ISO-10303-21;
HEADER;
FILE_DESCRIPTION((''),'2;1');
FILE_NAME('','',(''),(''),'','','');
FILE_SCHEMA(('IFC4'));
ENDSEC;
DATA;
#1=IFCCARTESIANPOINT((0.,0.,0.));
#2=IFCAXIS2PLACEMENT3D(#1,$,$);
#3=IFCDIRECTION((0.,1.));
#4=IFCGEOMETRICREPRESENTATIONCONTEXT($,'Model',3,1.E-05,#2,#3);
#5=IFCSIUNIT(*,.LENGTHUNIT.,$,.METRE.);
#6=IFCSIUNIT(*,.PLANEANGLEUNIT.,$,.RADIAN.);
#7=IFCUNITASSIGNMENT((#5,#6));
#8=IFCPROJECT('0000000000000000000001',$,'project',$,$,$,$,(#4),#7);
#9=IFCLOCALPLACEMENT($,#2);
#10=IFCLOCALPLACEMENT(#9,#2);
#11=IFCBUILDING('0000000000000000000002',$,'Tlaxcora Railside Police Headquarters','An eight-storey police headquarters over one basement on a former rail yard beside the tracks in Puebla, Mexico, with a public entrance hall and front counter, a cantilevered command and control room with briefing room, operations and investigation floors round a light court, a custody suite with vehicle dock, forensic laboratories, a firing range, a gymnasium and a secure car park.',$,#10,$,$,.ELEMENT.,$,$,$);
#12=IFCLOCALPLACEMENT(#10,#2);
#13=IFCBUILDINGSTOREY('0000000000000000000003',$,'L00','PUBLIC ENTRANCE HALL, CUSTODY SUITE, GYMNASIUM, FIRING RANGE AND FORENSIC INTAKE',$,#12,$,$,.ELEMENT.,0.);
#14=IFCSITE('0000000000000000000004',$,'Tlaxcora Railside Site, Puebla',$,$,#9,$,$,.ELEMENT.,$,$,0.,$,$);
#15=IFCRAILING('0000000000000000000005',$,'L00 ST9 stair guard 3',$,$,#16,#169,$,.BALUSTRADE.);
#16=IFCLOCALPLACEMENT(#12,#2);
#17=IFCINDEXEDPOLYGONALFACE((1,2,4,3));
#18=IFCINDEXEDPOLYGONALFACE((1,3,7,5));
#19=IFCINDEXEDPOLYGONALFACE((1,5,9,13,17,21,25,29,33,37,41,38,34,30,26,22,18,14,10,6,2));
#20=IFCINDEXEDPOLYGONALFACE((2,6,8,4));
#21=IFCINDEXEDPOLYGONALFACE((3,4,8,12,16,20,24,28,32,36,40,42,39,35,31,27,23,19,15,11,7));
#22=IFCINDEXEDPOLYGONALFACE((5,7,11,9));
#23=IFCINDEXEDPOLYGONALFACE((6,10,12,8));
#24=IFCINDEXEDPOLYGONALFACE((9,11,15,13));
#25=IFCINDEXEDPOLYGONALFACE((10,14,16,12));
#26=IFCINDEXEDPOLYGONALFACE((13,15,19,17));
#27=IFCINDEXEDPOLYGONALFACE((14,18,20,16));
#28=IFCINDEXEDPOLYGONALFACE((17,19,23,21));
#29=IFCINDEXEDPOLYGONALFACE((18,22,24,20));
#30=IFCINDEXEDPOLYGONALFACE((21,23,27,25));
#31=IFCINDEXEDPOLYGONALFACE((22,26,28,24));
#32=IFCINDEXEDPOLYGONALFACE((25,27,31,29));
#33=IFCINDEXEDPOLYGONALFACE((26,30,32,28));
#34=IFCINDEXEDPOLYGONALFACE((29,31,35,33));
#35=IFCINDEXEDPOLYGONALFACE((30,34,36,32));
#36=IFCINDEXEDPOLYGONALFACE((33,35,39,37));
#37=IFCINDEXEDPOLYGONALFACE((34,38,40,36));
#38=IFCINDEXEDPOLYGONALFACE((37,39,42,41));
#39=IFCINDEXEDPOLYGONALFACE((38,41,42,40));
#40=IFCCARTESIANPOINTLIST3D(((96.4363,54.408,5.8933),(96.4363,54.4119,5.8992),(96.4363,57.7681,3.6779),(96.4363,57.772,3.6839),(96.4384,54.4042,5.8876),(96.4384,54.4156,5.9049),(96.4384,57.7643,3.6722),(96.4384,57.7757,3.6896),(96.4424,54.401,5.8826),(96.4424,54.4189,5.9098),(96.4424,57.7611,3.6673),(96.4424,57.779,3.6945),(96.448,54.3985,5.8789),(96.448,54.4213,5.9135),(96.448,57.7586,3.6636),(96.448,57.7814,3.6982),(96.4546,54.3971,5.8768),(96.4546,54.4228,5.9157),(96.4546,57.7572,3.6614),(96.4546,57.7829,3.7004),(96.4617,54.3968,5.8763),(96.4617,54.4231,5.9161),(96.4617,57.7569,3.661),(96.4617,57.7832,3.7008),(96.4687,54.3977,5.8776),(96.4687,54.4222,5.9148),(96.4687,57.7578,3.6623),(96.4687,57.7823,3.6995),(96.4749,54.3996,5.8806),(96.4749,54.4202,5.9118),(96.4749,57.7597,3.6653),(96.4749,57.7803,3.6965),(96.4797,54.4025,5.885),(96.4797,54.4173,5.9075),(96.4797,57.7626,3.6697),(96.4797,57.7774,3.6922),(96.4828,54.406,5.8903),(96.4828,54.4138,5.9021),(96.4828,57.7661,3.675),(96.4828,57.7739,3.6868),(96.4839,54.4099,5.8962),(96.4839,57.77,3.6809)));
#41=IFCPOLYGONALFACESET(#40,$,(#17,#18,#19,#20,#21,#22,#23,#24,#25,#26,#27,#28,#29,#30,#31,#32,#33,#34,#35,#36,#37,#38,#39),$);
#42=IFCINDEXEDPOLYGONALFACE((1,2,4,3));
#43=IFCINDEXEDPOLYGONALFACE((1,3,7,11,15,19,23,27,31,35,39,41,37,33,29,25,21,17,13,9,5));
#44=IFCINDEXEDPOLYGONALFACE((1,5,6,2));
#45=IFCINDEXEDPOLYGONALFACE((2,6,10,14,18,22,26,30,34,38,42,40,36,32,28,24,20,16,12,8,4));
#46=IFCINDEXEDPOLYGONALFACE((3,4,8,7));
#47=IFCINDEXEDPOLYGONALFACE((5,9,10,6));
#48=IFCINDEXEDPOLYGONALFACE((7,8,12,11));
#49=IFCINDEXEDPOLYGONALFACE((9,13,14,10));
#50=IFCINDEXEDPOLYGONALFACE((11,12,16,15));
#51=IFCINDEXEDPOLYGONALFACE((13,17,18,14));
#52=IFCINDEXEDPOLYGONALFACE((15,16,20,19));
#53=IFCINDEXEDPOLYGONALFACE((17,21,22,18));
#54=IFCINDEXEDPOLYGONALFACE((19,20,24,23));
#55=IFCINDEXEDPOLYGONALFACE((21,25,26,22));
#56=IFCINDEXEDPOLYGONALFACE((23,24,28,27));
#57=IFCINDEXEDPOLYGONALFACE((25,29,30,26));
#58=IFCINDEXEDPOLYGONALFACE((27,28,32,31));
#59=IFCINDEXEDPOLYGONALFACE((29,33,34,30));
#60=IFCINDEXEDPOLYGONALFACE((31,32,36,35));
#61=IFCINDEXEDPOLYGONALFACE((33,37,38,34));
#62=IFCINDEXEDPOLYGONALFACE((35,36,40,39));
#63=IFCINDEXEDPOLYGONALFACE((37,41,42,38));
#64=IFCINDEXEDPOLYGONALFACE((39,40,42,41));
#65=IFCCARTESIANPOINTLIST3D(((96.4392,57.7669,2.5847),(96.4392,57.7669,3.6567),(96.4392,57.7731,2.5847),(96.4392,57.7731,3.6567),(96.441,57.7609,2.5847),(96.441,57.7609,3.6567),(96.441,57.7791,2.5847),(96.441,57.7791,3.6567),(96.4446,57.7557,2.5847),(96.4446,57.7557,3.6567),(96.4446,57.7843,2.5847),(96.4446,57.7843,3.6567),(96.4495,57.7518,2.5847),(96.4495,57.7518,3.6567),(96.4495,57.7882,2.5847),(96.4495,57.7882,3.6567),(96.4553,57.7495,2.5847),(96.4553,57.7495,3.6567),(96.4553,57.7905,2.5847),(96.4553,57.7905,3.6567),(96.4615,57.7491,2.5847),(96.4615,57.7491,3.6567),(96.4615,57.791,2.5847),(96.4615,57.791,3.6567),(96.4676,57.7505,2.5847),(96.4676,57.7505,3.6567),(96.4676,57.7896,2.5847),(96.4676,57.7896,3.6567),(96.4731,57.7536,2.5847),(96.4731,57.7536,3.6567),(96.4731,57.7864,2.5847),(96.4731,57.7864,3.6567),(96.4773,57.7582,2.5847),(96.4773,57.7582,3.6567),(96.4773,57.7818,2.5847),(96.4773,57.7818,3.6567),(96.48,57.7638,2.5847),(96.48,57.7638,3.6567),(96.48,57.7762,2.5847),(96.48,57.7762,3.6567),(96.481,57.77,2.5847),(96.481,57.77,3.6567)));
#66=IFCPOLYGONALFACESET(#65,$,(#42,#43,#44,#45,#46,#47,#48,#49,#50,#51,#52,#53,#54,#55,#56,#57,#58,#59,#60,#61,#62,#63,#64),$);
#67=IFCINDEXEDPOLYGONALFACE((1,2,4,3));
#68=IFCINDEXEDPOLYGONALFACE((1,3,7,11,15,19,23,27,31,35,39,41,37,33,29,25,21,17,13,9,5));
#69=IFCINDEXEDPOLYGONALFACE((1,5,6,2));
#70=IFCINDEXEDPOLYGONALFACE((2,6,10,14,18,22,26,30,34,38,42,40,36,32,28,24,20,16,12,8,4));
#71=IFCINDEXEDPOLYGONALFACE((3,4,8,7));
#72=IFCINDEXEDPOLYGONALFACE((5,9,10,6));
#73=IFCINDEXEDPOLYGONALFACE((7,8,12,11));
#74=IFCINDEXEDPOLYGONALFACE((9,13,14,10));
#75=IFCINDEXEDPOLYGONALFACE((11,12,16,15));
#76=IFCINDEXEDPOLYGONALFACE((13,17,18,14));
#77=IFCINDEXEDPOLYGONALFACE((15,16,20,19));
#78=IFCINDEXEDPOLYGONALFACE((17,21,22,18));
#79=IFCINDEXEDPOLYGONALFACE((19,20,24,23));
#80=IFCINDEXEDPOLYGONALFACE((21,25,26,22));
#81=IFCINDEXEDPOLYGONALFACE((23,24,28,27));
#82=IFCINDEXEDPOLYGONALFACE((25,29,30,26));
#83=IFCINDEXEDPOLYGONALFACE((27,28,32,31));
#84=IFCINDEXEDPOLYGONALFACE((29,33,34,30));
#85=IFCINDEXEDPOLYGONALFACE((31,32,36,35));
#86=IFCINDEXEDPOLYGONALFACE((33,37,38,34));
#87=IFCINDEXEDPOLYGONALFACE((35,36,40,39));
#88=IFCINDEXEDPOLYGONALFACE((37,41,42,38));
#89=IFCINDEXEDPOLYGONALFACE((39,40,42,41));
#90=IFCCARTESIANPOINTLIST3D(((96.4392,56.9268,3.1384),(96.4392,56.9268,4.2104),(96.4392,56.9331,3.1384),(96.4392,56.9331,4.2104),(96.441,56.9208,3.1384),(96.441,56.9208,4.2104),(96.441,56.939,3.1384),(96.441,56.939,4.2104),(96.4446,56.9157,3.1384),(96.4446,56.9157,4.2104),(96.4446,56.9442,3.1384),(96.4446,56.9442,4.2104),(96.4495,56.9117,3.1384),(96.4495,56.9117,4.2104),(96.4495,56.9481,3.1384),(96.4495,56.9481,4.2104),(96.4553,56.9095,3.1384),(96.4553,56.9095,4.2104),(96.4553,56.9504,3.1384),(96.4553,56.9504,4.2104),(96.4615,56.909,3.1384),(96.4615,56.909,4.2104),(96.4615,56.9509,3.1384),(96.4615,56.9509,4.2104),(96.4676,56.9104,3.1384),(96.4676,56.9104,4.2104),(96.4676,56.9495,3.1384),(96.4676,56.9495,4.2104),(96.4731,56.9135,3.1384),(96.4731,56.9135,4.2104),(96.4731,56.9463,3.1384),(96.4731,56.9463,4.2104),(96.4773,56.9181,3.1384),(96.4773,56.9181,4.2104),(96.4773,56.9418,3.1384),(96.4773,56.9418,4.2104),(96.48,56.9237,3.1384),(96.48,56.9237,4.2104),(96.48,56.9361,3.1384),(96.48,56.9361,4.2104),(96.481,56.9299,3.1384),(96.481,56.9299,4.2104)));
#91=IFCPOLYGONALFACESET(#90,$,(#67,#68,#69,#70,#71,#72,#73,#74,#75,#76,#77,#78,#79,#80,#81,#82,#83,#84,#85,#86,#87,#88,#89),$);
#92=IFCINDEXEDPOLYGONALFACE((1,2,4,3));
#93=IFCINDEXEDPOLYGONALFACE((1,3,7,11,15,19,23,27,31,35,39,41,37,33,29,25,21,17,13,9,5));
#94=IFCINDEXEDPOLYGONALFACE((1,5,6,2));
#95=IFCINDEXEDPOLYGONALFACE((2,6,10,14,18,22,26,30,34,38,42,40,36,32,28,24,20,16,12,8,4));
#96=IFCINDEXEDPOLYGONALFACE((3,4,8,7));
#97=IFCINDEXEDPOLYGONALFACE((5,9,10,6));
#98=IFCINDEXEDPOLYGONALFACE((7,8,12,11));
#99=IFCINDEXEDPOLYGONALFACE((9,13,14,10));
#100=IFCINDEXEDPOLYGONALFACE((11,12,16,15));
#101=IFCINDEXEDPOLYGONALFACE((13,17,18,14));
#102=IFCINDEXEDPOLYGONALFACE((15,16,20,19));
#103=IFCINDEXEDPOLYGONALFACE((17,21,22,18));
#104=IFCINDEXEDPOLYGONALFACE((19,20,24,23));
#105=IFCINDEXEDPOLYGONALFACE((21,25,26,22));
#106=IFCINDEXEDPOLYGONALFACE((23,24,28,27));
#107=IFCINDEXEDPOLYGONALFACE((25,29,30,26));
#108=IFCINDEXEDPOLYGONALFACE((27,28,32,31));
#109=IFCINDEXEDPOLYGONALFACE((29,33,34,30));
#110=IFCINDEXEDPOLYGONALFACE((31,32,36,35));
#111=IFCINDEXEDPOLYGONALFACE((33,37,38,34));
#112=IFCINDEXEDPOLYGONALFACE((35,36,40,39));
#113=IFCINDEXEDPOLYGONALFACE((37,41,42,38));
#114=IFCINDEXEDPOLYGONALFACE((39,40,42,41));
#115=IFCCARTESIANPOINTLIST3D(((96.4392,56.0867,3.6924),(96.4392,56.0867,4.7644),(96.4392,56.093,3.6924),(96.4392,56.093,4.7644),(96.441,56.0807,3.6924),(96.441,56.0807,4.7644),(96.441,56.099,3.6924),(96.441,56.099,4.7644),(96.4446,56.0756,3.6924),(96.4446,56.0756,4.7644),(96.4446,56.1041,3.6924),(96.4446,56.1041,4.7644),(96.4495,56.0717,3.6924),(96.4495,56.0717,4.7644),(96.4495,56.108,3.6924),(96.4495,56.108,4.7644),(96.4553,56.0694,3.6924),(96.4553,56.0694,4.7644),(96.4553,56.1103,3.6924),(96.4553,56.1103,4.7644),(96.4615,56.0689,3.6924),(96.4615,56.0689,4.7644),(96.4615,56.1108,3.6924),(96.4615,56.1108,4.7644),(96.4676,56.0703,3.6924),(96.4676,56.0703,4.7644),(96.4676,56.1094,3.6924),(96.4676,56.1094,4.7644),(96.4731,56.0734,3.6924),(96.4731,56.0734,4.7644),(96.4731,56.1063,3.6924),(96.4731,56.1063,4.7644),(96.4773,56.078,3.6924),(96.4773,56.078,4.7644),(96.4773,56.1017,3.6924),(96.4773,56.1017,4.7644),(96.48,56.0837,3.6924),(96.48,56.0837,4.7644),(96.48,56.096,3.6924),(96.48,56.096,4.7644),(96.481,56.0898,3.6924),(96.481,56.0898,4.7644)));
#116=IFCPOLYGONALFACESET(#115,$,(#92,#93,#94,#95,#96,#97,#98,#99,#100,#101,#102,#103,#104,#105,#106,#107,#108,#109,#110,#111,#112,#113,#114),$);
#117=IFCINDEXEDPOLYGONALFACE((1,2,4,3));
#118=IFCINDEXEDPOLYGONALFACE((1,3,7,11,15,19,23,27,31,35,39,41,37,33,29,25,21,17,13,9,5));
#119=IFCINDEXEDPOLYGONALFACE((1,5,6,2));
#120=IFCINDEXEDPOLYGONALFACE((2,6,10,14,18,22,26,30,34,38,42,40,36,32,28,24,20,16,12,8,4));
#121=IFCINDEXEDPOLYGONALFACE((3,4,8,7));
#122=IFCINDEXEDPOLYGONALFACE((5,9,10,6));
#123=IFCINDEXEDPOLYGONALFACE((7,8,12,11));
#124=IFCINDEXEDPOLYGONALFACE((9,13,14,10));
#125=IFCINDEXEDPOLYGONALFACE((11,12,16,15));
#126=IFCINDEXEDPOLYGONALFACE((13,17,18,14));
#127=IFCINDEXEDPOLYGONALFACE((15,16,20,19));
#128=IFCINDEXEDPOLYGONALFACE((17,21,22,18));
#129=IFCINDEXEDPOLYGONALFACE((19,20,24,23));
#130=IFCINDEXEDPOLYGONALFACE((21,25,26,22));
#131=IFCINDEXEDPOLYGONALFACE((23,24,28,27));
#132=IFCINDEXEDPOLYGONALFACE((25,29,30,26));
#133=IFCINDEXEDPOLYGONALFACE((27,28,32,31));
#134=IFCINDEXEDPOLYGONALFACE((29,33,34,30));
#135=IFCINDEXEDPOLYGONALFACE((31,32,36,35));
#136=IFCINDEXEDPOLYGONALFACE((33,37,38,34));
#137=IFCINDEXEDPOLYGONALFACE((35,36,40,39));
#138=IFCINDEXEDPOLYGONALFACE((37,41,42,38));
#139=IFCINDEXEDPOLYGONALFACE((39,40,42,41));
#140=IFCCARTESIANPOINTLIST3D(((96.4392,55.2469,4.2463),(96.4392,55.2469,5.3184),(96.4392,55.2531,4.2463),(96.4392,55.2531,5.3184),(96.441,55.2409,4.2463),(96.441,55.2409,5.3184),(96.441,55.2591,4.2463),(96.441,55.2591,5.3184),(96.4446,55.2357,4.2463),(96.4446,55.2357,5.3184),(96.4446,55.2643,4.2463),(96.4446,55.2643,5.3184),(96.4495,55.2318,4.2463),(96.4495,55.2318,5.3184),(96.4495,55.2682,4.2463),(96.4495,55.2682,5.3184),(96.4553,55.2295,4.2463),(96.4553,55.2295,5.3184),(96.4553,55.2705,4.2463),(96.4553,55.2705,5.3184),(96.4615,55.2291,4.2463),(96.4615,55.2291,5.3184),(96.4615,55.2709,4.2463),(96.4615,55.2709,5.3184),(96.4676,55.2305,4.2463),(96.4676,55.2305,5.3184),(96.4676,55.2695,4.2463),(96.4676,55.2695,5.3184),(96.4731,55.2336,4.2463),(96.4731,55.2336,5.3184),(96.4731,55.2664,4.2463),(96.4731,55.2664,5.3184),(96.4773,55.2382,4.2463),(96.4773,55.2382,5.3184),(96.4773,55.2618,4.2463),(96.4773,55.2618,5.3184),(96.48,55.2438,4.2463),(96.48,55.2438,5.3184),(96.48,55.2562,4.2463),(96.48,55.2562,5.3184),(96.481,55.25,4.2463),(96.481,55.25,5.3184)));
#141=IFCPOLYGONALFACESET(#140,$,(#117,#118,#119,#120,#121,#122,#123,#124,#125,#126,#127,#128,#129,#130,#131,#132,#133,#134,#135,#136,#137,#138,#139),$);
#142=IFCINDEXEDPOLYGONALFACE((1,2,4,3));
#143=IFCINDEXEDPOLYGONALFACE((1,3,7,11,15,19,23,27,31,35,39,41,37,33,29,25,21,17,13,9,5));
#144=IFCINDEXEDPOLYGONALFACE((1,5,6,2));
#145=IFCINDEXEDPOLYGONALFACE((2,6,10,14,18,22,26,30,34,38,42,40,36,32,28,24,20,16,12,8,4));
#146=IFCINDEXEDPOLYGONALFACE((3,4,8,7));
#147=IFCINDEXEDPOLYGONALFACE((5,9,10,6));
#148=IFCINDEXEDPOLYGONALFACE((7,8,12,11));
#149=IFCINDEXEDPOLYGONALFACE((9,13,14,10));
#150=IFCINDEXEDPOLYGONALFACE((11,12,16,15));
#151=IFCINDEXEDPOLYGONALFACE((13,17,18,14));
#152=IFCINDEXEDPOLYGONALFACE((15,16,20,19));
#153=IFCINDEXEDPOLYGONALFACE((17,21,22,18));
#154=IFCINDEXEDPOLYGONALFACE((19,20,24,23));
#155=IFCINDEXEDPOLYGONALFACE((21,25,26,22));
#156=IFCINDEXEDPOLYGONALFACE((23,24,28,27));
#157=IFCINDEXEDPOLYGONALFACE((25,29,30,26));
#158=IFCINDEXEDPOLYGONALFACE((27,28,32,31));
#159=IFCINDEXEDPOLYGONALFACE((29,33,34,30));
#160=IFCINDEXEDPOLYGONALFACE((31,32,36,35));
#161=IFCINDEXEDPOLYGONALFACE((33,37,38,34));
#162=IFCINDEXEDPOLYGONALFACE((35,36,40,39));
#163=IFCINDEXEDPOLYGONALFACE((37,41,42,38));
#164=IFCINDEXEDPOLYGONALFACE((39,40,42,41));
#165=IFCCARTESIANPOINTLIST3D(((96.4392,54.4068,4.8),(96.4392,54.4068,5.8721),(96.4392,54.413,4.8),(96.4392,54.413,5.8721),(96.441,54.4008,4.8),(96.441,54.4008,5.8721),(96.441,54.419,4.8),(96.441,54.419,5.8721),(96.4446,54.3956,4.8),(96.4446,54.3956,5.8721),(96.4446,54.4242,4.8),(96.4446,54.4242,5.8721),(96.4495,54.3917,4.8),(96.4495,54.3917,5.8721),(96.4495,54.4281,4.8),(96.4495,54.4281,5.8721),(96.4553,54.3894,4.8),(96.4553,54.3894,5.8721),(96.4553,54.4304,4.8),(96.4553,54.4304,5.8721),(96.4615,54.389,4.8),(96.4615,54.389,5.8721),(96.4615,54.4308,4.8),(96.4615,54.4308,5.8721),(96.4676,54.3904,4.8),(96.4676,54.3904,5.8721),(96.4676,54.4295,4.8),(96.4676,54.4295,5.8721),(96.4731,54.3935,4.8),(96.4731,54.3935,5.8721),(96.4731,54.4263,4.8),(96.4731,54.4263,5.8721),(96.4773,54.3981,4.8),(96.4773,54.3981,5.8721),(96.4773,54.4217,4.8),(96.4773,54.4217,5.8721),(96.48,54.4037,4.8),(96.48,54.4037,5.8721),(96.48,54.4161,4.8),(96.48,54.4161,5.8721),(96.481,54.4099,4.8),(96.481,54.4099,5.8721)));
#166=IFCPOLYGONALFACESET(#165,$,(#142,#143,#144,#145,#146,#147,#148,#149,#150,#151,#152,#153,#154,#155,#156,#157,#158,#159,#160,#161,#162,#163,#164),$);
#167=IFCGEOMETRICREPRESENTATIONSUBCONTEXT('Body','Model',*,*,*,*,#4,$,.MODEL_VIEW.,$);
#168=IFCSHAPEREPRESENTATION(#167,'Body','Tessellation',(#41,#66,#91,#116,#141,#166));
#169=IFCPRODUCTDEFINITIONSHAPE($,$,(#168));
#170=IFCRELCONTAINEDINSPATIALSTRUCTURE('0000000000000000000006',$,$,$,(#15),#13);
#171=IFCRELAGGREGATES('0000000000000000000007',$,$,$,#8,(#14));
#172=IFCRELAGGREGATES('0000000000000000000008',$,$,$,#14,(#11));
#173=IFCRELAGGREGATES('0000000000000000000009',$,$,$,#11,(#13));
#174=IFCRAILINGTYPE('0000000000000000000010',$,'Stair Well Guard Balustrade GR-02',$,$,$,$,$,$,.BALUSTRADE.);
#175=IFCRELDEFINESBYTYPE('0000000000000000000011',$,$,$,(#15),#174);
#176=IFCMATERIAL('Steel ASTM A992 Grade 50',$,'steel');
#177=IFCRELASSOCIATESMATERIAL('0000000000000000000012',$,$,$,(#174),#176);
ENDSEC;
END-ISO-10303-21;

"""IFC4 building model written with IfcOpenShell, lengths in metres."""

from ifc_helpers import new_model, si_unit, direction, frame, origin, origin_2d, place, context, subcontext, project, spatial, circle, extrude, material, type_object, element, save


model = new_model("IFC4")

# Units and contexts
model_context = context("Model", 3, precision=1e-05, world=origin(), true_north=direction((0.0, 1.0)))
body_context = subcontext(model_context, "Body", "Model", "MODEL_VIEW")
ifc_project = project(units=[si_unit("LENGTHUNIT", "METRE"), si_unit("PLANEANGLEUNIT", "RADIAN")], contexts=[model_context])

# Site, building, storey
site_placement = place(None, origin())
site = spatial("IfcSite", under=ifc_project, at=site_placement, Name="Tlaxcora Railside Site, Puebla", CompositionType="ELEMENT", RefElevation=0.0)
building_placement = place(site_placement, origin())
building = spatial("IfcBuilding", under=site, at=building_placement, Name="Tlaxcora Railside Police Headquarters", Description="An eight-storey police headquarters over one basement on a former rail yard beside the tracks in Puebla, Mexico, with a public entrance hall and front counter, a cantilevered command and control room with briefing room, operations and investigation floors round a light court, a custody suite with vehicle dock, forensic laboratories, a firing range, a gymnasium and a secure car park.", CompositionType="ELEMENT")
storey_placement = place(building_placement, origin())
storey = spatial("IfcBuildingStorey", under=building, at=storey_placement, Name="L00", Description="PUBLIC ENTRANCE HALL, CUSTODY SUITE, GYMNASIUM, FIRING RANGE AND FORENSIC INTAKE", CompositionType="ELEMENT", Elevation=0.0)

# Shared definitions
ifc_material_1 = material(Name="Steel ASTM A992 Grade 50", Category="steel")

# Railing
railing_type_1 = type_object("IfcRailingType", Name="Stair Well Guard Balustrade GR-02", PredefinedType="BALUSTRADE", material=ifc_material_1)
railing_1_placement = place(storey_placement, frame((96.46, 57.77, 2.5847)))
element("IfcRailing", 1, at=railing_1_placement, inside=storey, type_object=railing_type_1, Name="L00 ST9 stair guard 3", PredefinedType="BALUSTRADE", context=body_context, shape_type="SweptSolid", body=[
    extrude(circle(Radius=0.0239, at=origin_2d()), frame((0.0, 0.0, 1.0962), z_axis=(0.0, -0.834876, 0.550437), x_axis=(1.0, 0.0, 0.0)), (0.0, 0.0, 1.0), 4.0247),
    extrude(circle(Radius=0.021, at=origin_2d()), origin(), (0.0, 0.0, 1.0), 1.072),
    extrude(circle(Radius=0.021, at=origin_2d()), frame((0.0, -0.8401, 0.5537)), (0.0, 0.0, 1.0), 1.072),
    extrude(circle(Radius=0.021, at=origin_2d()), frame((0.0, -1.6802, 1.1077)), (0.0, 0.0, 1.0), 1.072),
    extrude(circle(Radius=0.021, at=origin_2d()), frame((0.0, -2.52, 1.6616)), (0.0, 0.0, 1.0), 1.072),
    extrude(circle(Radius=0.021, at=origin_2d()), frame((0.0, -3.3601, 2.2153)), (0.0, 0.0, 1.0), 1.072),
])

save(model, "model.ifc")
